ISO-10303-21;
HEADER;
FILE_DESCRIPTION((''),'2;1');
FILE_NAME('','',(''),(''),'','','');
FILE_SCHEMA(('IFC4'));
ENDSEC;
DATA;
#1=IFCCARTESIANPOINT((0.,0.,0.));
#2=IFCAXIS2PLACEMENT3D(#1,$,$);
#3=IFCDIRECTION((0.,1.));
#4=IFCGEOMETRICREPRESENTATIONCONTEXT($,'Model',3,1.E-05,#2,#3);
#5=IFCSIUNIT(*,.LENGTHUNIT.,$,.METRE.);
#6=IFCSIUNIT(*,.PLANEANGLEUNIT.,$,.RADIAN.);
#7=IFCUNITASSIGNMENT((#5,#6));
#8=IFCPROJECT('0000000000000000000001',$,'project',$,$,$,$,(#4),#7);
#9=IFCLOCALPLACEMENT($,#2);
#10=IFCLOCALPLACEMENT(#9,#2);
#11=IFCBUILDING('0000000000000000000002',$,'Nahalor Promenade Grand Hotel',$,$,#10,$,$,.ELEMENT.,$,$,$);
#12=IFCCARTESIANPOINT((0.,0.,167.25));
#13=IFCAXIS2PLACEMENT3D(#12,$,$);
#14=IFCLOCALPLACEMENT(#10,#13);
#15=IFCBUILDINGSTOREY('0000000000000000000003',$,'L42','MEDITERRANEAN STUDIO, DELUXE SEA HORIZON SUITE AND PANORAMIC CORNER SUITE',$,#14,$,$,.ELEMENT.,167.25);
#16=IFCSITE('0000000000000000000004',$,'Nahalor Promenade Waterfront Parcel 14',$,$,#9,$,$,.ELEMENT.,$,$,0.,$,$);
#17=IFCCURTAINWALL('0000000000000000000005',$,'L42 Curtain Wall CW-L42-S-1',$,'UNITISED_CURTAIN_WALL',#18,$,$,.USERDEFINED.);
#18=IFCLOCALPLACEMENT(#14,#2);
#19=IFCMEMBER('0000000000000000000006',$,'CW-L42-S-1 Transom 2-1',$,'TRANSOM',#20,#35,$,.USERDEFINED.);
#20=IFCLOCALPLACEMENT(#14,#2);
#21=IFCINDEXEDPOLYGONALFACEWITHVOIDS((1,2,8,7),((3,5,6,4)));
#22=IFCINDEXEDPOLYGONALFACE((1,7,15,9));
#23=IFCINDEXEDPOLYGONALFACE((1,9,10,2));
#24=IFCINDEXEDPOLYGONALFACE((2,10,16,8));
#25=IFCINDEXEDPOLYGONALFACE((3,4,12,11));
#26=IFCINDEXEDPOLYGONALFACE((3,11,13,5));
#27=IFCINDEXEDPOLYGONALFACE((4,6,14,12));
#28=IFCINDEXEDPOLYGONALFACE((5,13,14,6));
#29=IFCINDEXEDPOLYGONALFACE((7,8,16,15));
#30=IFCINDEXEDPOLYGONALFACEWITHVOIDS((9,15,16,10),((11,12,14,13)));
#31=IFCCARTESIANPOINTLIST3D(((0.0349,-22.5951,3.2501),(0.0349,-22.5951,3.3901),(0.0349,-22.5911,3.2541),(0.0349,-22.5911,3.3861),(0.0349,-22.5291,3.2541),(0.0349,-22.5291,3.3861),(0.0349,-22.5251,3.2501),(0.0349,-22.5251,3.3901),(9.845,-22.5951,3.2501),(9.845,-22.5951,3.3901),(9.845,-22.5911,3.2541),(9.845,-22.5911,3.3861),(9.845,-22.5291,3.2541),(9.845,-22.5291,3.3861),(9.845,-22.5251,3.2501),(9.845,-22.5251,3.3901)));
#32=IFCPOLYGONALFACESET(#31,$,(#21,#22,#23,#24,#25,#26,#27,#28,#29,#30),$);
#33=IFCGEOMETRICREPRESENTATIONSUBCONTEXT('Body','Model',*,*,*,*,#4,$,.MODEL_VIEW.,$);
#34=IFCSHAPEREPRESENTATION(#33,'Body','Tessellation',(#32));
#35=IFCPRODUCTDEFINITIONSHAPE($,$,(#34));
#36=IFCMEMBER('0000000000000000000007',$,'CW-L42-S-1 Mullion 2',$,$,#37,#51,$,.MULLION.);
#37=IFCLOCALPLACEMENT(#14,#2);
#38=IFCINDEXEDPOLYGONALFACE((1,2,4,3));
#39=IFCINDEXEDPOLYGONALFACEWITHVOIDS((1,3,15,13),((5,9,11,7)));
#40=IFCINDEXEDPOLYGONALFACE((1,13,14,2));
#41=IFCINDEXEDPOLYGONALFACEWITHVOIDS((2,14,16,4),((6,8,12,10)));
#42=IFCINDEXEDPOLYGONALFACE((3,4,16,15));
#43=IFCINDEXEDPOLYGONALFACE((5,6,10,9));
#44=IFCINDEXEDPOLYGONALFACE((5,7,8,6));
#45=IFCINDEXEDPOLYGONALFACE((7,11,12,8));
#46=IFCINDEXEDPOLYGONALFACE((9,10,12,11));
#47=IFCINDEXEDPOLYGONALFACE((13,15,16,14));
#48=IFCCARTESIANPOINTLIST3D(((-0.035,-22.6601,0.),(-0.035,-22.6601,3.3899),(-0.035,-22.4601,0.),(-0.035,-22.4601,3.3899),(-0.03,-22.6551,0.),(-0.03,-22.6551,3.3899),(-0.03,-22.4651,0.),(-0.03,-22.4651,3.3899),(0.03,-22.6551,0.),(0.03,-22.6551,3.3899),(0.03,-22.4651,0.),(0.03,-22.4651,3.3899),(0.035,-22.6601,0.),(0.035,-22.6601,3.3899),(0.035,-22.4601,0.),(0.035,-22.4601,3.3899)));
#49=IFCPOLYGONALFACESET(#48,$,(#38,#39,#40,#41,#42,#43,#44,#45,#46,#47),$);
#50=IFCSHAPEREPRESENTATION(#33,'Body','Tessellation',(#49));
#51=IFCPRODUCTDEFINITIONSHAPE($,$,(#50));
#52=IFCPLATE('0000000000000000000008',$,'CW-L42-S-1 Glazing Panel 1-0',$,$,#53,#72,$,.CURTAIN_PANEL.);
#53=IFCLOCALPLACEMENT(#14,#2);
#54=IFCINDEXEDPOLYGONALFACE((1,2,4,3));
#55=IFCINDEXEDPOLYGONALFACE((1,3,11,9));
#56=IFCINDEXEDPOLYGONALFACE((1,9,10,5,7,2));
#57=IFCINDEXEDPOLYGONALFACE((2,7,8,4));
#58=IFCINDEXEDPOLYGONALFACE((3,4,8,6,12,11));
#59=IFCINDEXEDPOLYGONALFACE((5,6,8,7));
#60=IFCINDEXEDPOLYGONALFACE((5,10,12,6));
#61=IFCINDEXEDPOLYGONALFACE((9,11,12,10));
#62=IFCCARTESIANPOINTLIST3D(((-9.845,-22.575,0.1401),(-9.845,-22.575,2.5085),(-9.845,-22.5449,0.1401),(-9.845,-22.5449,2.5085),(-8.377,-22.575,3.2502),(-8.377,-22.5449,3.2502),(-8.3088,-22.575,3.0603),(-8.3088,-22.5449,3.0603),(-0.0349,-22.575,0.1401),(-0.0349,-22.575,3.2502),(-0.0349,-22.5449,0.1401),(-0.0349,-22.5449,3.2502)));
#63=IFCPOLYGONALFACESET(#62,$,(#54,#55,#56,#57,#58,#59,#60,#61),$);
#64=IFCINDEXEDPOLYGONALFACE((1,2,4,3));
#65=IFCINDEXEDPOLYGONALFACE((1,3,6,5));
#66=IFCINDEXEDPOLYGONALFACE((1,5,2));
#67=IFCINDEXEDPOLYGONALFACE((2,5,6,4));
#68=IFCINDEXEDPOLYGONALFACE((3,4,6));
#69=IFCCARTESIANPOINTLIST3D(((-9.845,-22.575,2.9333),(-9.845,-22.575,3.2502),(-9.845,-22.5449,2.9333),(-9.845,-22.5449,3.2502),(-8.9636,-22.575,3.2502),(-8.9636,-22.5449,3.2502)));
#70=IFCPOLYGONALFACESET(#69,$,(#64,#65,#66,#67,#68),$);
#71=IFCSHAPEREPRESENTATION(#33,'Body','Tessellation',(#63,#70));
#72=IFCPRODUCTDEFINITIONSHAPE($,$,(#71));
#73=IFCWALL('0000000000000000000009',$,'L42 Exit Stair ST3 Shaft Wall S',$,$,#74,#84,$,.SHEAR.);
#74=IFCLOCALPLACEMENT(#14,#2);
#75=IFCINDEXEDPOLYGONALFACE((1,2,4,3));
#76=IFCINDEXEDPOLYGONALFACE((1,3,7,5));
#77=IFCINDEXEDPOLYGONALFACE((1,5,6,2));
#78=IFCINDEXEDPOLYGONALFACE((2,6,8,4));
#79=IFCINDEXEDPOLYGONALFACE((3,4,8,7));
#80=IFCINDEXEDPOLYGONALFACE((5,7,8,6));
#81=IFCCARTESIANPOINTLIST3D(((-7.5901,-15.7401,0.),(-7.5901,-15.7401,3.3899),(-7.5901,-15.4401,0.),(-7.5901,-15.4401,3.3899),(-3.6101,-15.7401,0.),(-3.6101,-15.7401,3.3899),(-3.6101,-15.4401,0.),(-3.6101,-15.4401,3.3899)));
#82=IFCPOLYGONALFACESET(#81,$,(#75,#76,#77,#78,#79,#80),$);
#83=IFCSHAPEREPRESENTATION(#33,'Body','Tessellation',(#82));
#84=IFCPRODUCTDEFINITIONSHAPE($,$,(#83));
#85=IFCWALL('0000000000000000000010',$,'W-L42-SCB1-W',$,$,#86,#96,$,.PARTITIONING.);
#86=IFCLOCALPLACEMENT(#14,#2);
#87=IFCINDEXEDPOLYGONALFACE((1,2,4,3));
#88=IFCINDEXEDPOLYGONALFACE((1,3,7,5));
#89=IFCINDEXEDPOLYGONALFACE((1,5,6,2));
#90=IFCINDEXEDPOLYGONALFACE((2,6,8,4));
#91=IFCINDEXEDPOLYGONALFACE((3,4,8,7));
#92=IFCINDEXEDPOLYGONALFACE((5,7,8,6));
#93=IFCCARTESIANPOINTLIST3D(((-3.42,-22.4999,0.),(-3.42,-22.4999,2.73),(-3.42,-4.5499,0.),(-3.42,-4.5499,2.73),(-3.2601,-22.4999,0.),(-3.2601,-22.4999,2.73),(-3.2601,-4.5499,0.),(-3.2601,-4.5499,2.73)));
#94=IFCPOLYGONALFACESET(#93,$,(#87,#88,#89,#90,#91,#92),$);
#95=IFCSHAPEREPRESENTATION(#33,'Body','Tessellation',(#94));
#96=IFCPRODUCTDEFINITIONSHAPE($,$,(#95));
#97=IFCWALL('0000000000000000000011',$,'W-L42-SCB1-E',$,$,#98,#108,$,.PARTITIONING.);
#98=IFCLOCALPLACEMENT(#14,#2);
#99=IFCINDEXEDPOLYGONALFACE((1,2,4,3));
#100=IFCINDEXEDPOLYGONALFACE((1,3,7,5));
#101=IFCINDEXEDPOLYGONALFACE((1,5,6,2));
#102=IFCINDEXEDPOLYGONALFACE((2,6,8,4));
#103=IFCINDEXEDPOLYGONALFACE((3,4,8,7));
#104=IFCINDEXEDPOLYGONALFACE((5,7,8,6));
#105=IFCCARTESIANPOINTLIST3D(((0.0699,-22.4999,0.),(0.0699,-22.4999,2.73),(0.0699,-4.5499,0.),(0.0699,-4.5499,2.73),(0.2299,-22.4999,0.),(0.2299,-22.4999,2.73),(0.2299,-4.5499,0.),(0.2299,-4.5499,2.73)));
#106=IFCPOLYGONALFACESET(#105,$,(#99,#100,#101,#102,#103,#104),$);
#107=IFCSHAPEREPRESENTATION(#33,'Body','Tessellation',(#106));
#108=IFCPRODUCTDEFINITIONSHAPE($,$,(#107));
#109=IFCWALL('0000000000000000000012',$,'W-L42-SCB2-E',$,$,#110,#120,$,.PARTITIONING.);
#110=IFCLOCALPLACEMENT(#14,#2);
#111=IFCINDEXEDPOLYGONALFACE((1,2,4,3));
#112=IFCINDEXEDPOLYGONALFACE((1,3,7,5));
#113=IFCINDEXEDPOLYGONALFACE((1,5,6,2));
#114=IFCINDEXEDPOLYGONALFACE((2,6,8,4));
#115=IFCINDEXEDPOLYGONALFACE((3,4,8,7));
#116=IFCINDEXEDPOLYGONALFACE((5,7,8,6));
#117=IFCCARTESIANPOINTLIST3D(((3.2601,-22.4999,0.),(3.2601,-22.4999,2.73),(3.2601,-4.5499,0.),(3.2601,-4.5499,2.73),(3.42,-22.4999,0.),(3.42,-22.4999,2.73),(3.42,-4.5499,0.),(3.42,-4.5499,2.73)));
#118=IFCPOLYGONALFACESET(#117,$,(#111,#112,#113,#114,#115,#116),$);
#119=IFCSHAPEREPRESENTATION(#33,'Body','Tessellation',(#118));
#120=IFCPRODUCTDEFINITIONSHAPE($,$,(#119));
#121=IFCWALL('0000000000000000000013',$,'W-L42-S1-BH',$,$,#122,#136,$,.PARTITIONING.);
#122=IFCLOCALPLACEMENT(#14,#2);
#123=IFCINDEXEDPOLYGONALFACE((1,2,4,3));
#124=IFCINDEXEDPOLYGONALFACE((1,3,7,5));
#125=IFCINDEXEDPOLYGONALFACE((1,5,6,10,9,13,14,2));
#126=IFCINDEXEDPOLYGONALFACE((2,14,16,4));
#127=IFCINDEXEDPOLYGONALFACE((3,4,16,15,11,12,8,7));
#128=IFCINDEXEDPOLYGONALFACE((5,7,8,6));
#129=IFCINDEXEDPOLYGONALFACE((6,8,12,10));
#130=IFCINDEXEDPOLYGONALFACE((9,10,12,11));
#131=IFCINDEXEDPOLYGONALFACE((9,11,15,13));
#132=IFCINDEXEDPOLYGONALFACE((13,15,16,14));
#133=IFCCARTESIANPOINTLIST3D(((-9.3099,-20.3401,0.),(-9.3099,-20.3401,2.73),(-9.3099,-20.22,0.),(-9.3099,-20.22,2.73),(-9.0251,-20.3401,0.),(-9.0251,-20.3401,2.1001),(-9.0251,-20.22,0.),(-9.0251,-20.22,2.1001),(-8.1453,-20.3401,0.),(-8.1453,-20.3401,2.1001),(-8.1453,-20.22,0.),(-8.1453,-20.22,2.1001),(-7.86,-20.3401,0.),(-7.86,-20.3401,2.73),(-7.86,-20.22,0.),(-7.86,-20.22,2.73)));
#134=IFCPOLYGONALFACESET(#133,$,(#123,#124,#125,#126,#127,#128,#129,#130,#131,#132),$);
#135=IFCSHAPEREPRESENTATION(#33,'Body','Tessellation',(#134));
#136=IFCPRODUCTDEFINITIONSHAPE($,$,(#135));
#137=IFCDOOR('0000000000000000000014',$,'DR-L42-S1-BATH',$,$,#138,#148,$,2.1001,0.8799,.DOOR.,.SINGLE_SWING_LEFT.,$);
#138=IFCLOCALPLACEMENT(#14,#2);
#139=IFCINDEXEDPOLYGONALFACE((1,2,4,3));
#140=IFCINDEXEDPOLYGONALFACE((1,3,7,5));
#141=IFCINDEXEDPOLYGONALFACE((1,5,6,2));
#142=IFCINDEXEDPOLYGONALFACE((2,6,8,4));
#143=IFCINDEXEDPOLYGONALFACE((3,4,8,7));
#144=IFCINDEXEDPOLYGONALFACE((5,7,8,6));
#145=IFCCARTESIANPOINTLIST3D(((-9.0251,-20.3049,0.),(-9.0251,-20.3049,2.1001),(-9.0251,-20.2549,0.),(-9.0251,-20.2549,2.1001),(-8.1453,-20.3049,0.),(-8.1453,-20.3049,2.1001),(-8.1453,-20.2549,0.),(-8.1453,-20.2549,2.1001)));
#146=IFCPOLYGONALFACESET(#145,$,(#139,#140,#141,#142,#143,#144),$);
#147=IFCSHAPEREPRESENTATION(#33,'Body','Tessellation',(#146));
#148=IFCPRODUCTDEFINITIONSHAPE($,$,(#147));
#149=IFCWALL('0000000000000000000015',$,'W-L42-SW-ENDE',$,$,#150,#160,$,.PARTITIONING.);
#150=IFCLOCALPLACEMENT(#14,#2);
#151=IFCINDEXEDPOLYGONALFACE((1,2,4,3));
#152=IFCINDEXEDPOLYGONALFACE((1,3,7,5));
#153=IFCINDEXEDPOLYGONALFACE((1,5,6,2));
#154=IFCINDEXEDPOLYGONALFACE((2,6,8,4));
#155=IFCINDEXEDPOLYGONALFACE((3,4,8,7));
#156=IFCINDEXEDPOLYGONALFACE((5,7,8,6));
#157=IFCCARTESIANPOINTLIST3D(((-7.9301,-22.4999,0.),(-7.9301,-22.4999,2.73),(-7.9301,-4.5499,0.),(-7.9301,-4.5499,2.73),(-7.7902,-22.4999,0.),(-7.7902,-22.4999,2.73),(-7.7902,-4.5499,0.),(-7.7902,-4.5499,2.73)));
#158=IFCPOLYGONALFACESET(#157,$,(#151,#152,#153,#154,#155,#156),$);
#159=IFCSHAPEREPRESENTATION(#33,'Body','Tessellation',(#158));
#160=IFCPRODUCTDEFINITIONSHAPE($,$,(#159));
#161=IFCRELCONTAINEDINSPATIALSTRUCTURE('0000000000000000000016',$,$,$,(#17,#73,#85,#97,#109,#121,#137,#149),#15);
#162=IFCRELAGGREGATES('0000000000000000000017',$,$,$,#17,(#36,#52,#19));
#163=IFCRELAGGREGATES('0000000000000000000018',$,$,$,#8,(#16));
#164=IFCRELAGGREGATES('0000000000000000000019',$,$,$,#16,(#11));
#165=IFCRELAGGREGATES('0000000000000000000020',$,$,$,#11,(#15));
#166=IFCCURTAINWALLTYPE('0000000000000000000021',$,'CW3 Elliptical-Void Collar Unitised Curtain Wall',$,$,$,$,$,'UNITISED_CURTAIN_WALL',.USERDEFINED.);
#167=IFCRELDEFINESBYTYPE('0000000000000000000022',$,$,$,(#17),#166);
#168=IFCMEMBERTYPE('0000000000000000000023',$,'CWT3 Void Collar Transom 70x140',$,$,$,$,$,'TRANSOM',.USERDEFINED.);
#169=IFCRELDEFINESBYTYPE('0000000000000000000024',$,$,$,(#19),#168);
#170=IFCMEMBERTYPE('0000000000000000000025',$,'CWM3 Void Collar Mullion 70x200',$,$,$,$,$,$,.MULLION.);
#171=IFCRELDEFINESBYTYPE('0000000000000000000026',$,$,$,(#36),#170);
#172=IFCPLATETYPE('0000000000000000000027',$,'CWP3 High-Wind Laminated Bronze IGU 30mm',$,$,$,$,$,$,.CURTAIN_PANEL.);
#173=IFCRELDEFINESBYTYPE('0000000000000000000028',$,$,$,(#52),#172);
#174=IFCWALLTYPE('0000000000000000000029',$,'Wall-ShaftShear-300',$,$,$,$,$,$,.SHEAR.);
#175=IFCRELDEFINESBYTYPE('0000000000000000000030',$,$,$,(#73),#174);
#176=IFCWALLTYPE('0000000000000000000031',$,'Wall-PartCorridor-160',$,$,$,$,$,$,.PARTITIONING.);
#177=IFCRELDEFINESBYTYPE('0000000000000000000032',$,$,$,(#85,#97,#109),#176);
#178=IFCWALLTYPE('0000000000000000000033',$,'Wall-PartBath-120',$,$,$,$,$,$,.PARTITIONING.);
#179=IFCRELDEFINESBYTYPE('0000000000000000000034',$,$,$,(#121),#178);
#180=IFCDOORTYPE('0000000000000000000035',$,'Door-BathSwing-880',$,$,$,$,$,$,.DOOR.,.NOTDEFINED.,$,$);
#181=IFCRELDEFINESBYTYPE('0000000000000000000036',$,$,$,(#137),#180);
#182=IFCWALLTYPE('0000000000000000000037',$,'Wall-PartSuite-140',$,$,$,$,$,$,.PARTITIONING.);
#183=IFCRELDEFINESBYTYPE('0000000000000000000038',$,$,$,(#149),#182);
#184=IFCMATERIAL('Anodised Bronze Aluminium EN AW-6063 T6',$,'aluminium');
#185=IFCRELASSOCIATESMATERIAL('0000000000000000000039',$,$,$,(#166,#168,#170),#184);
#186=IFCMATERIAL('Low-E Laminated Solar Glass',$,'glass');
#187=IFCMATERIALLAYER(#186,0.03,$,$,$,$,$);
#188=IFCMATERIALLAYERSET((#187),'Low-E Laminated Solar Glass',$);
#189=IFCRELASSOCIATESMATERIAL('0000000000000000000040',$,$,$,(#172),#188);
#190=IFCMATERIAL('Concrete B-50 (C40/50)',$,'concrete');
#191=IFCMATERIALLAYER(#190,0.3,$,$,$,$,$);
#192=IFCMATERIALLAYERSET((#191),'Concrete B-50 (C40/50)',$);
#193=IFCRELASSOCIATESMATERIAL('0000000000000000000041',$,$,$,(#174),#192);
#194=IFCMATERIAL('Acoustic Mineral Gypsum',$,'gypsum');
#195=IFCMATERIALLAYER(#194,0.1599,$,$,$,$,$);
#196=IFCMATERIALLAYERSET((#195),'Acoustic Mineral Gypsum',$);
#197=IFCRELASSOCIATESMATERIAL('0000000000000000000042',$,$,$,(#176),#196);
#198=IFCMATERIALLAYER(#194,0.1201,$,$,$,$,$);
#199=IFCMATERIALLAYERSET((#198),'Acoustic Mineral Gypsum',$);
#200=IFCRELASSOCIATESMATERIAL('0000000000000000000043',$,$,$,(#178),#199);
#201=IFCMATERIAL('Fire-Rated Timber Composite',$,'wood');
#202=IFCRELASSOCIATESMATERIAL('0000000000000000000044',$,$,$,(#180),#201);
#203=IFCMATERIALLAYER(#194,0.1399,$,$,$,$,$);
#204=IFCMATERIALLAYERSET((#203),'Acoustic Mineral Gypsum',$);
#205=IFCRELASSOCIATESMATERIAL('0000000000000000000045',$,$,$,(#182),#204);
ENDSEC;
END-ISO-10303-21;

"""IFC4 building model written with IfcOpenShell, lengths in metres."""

from ifc_helpers import new_model, si_unit, direction, frame, frame_2d, origin, origin_2d, place, context, subcontext, project, spatial, polyline, rectangle, hollow_rectangle, outline, extrude, source, transform, mapped, material, layer, layer_set, material_profile, profile_set, type_object, element, fill, aggregate, save


model = new_model("IFC4")

# Units and contexts
model_context = context("Model", 3, precision=1e-05, world=origin(), true_north=direction((0.0, 1.0)))
body_context = subcontext(model_context, "Body", "Model", "MODEL_VIEW")
ifc_project = project(units=[si_unit("LENGTHUNIT", "METRE"), si_unit("PLANEANGLEUNIT", "RADIAN")], contexts=[model_context])

# Site, building, storey
site_placement = place(None, origin())
site = spatial("IfcSite", under=ifc_project, at=site_placement, Name="Nahalor Promenade Waterfront Parcel 14", CompositionType="ELEMENT", RefElevation=0.0)
building_placement = place(site_placement, origin())
building = spatial("IfcBuilding", under=site, at=building_placement, Name="Nahalor Promenade Grand Hotel", CompositionType="ELEMENT")
storey_placement = place(building_placement, frame((0.0, 0.0, 167.25)))
storey = spatial("IfcBuildingStorey", under=building, at=storey_placement, Name="L42", Description="MEDITERRANEAN STUDIO, DELUXE SEA HORIZON SUITE AND PANORAMIC CORNER SUITE", CompositionType="ELEMENT", Elevation=167.25)

# Curtain wall, members, plate
ifc_material_1 = material(Name="Anodised Bronze Aluminium EN AW-6063 T6", Category="aluminium")
curtain_wall_type = type_object("IfcCurtainWallType", Name="CW3 Elliptical-Void Collar Unitised Curtain Wall", ElementType="UNITISED_CURTAIN_WALL", PredefinedType="USERDEFINED", material=ifc_material_1)
curtain_wall_placement = place(storey_placement, origin())
curtain_wall = element("IfcCurtainWall", 1, at=curtain_wall_placement, inside=storey, type_object=curtain_wall_type, Name="L42 Curtain Wall CW-L42-S-1", ObjectType="UNITISED_CURTAIN_WALL", PredefinedType="USERDEFINED")
ifc_material_profile_1 = material_profile(ifc_material_1, hollow_rectangle(XDim=0.07, YDim=0.14, WallThickness=0.004, at=origin_2d()), Name="CWT 70x140x4")
ifc_profile_set_1 = profile_set([ifc_material_profile_1], Name="Anodised Bronze Aluminium EN AW-6063 T6")
member_type_1 = type_object("IfcMemberType", Name="CWT3 Void Collar Transom 70x140", ElementType="TRANSOM", PredefinedType="USERDEFINED", material=ifc_profile_set_1)
shared_shape_1 = source(origin(), body_context, "Body", "SweptSolid", [
    extrude(hollow_rectangle(XDim=0.07, YDim=0.14, WallThickness=0.004, at=origin_2d()), origin(), (0.0, 0.0, 1.0), 9.8101),
])
member_1_placement = place(storey_placement, frame((0.0349, -22.5601, 3.3201), z_axis=(1.0, 0.0, 0.0), x_axis=(0.0, 1.0, 0.0)))
member_1 = element("IfcMember", 2, at=member_1_placement, type_object=member_type_1, Name="CW-L42-S-1 Transom 2-1", ObjectType="TRANSOM", PredefinedType="USERDEFINED", context=body_context, shape_type="MappedRepresentation", body=[
    mapped(shared_shape_1, transform((0.0, 0.0, 0.0), scale=1.0)),
])
ifc_material_profile_2 = material_profile(ifc_material_1, hollow_rectangle(XDim=0.07, YDim=0.2, WallThickness=0.005, at=origin_2d()), Name="CWM 70x200x5")
ifc_profile_set_2 = profile_set([ifc_material_profile_2], Name="Anodised Bronze Aluminium EN AW-6063 T6")
member_type_2 = type_object("IfcMemberType", Name="CWM3 Void Collar Mullion 70x200", PredefinedType="MULLION", material=ifc_profile_set_2)
shared_shape_2 = source(origin(), body_context, "Body", "SweptSolid", [
    extrude(hollow_rectangle(XDim=0.07, YDim=0.2, WallThickness=0.005, at=origin_2d()), origin(), (0.0, 0.0, 1.0), 3.3899),
])
member_2_placement = place(storey_placement, frame((0.0, -22.5601, 0.0), z_axis=(0.0, 0.0, 1.0), x_axis=(1.0, 0.0, 0.0)))
member_2 = element("IfcMember", 3, at=member_2_placement, type_object=member_type_2, Name="CW-L42-S-1 Mullion 2", PredefinedType="MULLION", context=body_context, shape_type="MappedRepresentation", body=[
    mapped(shared_shape_2, transform((0.0, 0.0, 0.0), scale=1.0)),
])
ifc_material_2 = material(Name="Low-E Laminated Solar Glass", Category="glass")
ifc_layer_1 = layer(ifc_material_2, 0.03)
ifc_layer_set_1 = layer_set([ifc_layer_1], Name="Low-E Laminated Solar Glass")
plate_type = type_object("IfcPlateType", Name="CWP3 High-Wind Laminated Bronze IGU 30mm", PredefinedType="CURTAIN_PANEL", material=ifc_layer_set_1)
plate_placement = place(storey_placement, frame((-4.9399, -22.5601, 0.1401), z_axis=(0.0, 0.0, 1.0), x_axis=(1.0, 0.0, 0.0)))
plate = element("IfcPlate", 4, at=plate_placement, type_object=plate_type, Name="CW-L42-S-1 Glazing Panel 1-0", PredefinedType="CURTAIN_PANEL", context=body_context, shape_type="SweptSolid", body=[
    extrude(outline(polyline([(4.905, 0.0), (4.905, 3.1101), (-3.437, 3.1101), (-3.3689, 2.9202), (-4.905, 2.3684), (-4.905, 0.0), (4.905, 0.0)])), frame((0.0, 0.0151, 0.0), z_axis=(0.0, -1.0, 0.0), x_axis=(1.0, 0.0, 0.0)), (0.0, 0.0, 1.0), 0.03),
    extrude(outline(polyline([(-4.0237, 3.1101), (-4.905, 3.1101), (-4.905, 2.7932), (-4.0237, 3.1101)])), frame((0.0, 0.0151, 0.0), z_axis=(0.0, -1.0, 0.0), x_axis=(1.0, 0.0, 0.0)), (0.0, 0.0, 1.0), 0.03),
])
aggregate(curtain_wall, [member_2, plate, member_1])

# Walls
ifc_material_3 = material(Name="Concrete B-50 (C40/50)", Category="concrete")
ifc_layer_2 = layer(ifc_material_3, 0.3)
ifc_layer_set_2 = layer_set([ifc_layer_2], Name="Concrete B-50 (C40/50)")
wall_type_1 = type_object("IfcWallType", Name="Wall-ShaftShear-300", PredefinedType="SHEAR", material=ifc_layer_set_2)
shared_shape_3 = source(origin(), body_context, "Body", "SweptSolid", [
    extrude(rectangle(XDim=3.98, YDim=0.3, at=frame_2d((1.99, 0.0))), origin(), (0.0, 0.0, 1.0), 3.3899),
])
wall_1_placement = place(storey_placement, frame((-7.5901, -15.5901, 0.0), z_axis=(0.0, 0.0, 1.0), x_axis=(1.0, 0.0, 0.0)))
element("IfcWall", 5, at=wall_1_placement, inside=storey, type_object=wall_type_1, Name="L42 Exit Stair ST3 Shaft Wall S", PredefinedType="SHEAR", context=body_context, shape_type="MappedRepresentation", body=[
    mapped(shared_shape_3, transform((0.0, 0.0, 0.0), scale=1.0)),
])
ifc_material_4 = material(Name="Acoustic Mineral Gypsum", Category="gypsum")
ifc_layer_3 = layer(ifc_material_4, 0.1599)
ifc_layer_set_3 = layer_set([ifc_layer_3], Name="Acoustic Mineral Gypsum")
wall_type_2 = type_object("IfcWallType", Name="Wall-PartCorridor-160", PredefinedType="PARTITIONING", material=ifc_layer_set_3)
shared_shape_4 = source(origin(), body_context, "Body", "SweptSolid", [
    extrude(rectangle(XDim=17.95, YDim=0.1599, at=frame_2d((8.9751, 0.0))), origin(), (0.0, 0.0, 1.0), 2.73),
])
for number, where, z_axis, x_axis, name in (
    (6, (-3.3401, -22.5, 0.0), (0.0, 0.0, 1.0), (0.0, 1.0, 0.0), "W-L42-SCB1-W"),
    (7, (0.1499, -22.5, 0.0), (0.0, 0.0, 1.0), (0.0, 1.0, 0.0), "W-L42-SCB1-E"),
    (8, (3.3401, -22.5, 0.0), (0.0, 0.0, 1.0), (0.0, 1.0, 0.0), "W-L42-SCB2-E"),
):
    element("IfcWall", number, at=place(storey_placement, frame(where, z_axis=z_axis, x_axis=x_axis)), inside=storey, type_object=wall_type_2, Name=name, PredefinedType="PARTITIONING", context=body_context, shape_type="MappedRepresentation", body=[
        mapped(shared_shape_4, transform((0.0, 0.0, 0.0), scale=1.0)),
    ])

# Wall, opening, door
ifc_layer_4 = layer(ifc_material_4, 0.1201)
ifc_layer_set_4 = layer_set([ifc_layer_4], Name="Acoustic Mineral Gypsum")
wall_type_3 = type_object("IfcWallType", Name="Wall-PartBath-120", PredefinedType="PARTITIONING", material=ifc_layer_set_4)
shared_shape_5 = source(origin(), body_context, "Body", "SweptSolid", [
    extrude(rectangle(XDim=1.45, YDim=0.1201, at=frame_2d((0.7251, 0.0))), origin(), (0.0, 0.0, 1.0), 2.73),
])
wall_2_placement = place(storey_placement, frame((-9.3101, -20.28, 0.0), z_axis=(0.0, 0.0, 1.0), x_axis=(1.0, 0.0, 0.0)))
wall_2 = element("IfcWall", 9, at=wall_2_placement, inside=storey, type_object=wall_type_3, Name="W-L42-S1-BH", PredefinedType="PARTITIONING", context=body_context, shape_type="MappedRepresentation", body=[
    mapped(shared_shape_5, transform((0.0, 0.0, 0.0), scale=1.0)),
])
opening_placement = place(wall_2_placement, frame((0.2849, 0.0, 0.0)))
opening = element("IfcOpeningElement", 10, at=opening_placement, cuts=wall_2, PredefinedType="OPENING", context=body_context, shape_type="SweptSolid", body=[
    extrude(rectangle(XDim=0.8799, YDim=2.1001, at=frame_2d((0.4399, 1.05))), frame((0.0, 0.0701, 0.0), z_axis=(0.0, -1.0, 0.0), x_axis=(1.0, 0.0, 0.0)), (0.0, 0.0, 1.0), 0.1401),
])
ifc_material_5 = material(Name="Fire-Rated Timber Composite", Category="wood")
door_type = type_object("IfcDoorType", Name="Door-BathSwing-880", OperationType="NOTDEFINED", PredefinedType="DOOR", material=ifc_material_5)
shared_shape_6 = source(origin(), body_context, "Body", "SweptSolid", [
    extrude(rectangle(XDim=0.8799, YDim=2.1001, at=frame_2d((0.4399, 1.05))), frame((0.0, 0.0249, 0.0), z_axis=(0.0, -1.0, 0.0), x_axis=(1.0, 0.0, 0.0)), (0.0, 0.0, 1.0), 0.05),
])
door_placement = place(opening_placement, frame((0.8799, 0.0, 0.0), z_axis=(0.0, 0.0, 1.0), x_axis=(-1.0, 0.0, 0.0)))
door = element("IfcDoor", 11, at=door_placement, inside=storey, type_object=door_type, Name="DR-L42-S1-BATH", OperationType="SINGLE_SWING_LEFT", OverallHeight=2.1001, OverallWidth=0.8799, PredefinedType="DOOR", context=body_context, shape_type="MappedRepresentation", body=[
    mapped(shared_shape_6, transform((0.0, 0.0, 0.0), scale=1.0)),
])
fill(opening, door)

# Wall
ifc_layer_5 = layer(ifc_material_4, 0.1399)
ifc_layer_set_5 = layer_set([ifc_layer_5], Name="Acoustic Mineral Gypsum")
wall_type_4 = type_object("IfcWallType", Name="Wall-PartSuite-140", PredefinedType="PARTITIONING", material=ifc_layer_set_5)
shared_shape_7 = source(origin(), body_context, "Body", "SweptSolid", [
    extrude(rectangle(XDim=17.95, YDim=0.1399, at=frame_2d((8.9751, 0.0))), origin(), (0.0, 0.0, 1.0), 2.73),
])
wall_3_placement = place(storey_placement, frame((-7.8601, -22.5, 0.0), z_axis=(0.0, 0.0, 1.0), x_axis=(0.0, 1.0, 0.0)))
element("IfcWall", 12, at=wall_3_placement, inside=storey, type_object=wall_type_4, Name="W-L42-SW-ENDE", PredefinedType="PARTITIONING", context=body_context, shape_type="MappedRepresentation", body=[
    mapped(shared_shape_7, transform((0.0, 0.0, 0.0), scale=1.0)),
])

save(model, "model.ifc")
